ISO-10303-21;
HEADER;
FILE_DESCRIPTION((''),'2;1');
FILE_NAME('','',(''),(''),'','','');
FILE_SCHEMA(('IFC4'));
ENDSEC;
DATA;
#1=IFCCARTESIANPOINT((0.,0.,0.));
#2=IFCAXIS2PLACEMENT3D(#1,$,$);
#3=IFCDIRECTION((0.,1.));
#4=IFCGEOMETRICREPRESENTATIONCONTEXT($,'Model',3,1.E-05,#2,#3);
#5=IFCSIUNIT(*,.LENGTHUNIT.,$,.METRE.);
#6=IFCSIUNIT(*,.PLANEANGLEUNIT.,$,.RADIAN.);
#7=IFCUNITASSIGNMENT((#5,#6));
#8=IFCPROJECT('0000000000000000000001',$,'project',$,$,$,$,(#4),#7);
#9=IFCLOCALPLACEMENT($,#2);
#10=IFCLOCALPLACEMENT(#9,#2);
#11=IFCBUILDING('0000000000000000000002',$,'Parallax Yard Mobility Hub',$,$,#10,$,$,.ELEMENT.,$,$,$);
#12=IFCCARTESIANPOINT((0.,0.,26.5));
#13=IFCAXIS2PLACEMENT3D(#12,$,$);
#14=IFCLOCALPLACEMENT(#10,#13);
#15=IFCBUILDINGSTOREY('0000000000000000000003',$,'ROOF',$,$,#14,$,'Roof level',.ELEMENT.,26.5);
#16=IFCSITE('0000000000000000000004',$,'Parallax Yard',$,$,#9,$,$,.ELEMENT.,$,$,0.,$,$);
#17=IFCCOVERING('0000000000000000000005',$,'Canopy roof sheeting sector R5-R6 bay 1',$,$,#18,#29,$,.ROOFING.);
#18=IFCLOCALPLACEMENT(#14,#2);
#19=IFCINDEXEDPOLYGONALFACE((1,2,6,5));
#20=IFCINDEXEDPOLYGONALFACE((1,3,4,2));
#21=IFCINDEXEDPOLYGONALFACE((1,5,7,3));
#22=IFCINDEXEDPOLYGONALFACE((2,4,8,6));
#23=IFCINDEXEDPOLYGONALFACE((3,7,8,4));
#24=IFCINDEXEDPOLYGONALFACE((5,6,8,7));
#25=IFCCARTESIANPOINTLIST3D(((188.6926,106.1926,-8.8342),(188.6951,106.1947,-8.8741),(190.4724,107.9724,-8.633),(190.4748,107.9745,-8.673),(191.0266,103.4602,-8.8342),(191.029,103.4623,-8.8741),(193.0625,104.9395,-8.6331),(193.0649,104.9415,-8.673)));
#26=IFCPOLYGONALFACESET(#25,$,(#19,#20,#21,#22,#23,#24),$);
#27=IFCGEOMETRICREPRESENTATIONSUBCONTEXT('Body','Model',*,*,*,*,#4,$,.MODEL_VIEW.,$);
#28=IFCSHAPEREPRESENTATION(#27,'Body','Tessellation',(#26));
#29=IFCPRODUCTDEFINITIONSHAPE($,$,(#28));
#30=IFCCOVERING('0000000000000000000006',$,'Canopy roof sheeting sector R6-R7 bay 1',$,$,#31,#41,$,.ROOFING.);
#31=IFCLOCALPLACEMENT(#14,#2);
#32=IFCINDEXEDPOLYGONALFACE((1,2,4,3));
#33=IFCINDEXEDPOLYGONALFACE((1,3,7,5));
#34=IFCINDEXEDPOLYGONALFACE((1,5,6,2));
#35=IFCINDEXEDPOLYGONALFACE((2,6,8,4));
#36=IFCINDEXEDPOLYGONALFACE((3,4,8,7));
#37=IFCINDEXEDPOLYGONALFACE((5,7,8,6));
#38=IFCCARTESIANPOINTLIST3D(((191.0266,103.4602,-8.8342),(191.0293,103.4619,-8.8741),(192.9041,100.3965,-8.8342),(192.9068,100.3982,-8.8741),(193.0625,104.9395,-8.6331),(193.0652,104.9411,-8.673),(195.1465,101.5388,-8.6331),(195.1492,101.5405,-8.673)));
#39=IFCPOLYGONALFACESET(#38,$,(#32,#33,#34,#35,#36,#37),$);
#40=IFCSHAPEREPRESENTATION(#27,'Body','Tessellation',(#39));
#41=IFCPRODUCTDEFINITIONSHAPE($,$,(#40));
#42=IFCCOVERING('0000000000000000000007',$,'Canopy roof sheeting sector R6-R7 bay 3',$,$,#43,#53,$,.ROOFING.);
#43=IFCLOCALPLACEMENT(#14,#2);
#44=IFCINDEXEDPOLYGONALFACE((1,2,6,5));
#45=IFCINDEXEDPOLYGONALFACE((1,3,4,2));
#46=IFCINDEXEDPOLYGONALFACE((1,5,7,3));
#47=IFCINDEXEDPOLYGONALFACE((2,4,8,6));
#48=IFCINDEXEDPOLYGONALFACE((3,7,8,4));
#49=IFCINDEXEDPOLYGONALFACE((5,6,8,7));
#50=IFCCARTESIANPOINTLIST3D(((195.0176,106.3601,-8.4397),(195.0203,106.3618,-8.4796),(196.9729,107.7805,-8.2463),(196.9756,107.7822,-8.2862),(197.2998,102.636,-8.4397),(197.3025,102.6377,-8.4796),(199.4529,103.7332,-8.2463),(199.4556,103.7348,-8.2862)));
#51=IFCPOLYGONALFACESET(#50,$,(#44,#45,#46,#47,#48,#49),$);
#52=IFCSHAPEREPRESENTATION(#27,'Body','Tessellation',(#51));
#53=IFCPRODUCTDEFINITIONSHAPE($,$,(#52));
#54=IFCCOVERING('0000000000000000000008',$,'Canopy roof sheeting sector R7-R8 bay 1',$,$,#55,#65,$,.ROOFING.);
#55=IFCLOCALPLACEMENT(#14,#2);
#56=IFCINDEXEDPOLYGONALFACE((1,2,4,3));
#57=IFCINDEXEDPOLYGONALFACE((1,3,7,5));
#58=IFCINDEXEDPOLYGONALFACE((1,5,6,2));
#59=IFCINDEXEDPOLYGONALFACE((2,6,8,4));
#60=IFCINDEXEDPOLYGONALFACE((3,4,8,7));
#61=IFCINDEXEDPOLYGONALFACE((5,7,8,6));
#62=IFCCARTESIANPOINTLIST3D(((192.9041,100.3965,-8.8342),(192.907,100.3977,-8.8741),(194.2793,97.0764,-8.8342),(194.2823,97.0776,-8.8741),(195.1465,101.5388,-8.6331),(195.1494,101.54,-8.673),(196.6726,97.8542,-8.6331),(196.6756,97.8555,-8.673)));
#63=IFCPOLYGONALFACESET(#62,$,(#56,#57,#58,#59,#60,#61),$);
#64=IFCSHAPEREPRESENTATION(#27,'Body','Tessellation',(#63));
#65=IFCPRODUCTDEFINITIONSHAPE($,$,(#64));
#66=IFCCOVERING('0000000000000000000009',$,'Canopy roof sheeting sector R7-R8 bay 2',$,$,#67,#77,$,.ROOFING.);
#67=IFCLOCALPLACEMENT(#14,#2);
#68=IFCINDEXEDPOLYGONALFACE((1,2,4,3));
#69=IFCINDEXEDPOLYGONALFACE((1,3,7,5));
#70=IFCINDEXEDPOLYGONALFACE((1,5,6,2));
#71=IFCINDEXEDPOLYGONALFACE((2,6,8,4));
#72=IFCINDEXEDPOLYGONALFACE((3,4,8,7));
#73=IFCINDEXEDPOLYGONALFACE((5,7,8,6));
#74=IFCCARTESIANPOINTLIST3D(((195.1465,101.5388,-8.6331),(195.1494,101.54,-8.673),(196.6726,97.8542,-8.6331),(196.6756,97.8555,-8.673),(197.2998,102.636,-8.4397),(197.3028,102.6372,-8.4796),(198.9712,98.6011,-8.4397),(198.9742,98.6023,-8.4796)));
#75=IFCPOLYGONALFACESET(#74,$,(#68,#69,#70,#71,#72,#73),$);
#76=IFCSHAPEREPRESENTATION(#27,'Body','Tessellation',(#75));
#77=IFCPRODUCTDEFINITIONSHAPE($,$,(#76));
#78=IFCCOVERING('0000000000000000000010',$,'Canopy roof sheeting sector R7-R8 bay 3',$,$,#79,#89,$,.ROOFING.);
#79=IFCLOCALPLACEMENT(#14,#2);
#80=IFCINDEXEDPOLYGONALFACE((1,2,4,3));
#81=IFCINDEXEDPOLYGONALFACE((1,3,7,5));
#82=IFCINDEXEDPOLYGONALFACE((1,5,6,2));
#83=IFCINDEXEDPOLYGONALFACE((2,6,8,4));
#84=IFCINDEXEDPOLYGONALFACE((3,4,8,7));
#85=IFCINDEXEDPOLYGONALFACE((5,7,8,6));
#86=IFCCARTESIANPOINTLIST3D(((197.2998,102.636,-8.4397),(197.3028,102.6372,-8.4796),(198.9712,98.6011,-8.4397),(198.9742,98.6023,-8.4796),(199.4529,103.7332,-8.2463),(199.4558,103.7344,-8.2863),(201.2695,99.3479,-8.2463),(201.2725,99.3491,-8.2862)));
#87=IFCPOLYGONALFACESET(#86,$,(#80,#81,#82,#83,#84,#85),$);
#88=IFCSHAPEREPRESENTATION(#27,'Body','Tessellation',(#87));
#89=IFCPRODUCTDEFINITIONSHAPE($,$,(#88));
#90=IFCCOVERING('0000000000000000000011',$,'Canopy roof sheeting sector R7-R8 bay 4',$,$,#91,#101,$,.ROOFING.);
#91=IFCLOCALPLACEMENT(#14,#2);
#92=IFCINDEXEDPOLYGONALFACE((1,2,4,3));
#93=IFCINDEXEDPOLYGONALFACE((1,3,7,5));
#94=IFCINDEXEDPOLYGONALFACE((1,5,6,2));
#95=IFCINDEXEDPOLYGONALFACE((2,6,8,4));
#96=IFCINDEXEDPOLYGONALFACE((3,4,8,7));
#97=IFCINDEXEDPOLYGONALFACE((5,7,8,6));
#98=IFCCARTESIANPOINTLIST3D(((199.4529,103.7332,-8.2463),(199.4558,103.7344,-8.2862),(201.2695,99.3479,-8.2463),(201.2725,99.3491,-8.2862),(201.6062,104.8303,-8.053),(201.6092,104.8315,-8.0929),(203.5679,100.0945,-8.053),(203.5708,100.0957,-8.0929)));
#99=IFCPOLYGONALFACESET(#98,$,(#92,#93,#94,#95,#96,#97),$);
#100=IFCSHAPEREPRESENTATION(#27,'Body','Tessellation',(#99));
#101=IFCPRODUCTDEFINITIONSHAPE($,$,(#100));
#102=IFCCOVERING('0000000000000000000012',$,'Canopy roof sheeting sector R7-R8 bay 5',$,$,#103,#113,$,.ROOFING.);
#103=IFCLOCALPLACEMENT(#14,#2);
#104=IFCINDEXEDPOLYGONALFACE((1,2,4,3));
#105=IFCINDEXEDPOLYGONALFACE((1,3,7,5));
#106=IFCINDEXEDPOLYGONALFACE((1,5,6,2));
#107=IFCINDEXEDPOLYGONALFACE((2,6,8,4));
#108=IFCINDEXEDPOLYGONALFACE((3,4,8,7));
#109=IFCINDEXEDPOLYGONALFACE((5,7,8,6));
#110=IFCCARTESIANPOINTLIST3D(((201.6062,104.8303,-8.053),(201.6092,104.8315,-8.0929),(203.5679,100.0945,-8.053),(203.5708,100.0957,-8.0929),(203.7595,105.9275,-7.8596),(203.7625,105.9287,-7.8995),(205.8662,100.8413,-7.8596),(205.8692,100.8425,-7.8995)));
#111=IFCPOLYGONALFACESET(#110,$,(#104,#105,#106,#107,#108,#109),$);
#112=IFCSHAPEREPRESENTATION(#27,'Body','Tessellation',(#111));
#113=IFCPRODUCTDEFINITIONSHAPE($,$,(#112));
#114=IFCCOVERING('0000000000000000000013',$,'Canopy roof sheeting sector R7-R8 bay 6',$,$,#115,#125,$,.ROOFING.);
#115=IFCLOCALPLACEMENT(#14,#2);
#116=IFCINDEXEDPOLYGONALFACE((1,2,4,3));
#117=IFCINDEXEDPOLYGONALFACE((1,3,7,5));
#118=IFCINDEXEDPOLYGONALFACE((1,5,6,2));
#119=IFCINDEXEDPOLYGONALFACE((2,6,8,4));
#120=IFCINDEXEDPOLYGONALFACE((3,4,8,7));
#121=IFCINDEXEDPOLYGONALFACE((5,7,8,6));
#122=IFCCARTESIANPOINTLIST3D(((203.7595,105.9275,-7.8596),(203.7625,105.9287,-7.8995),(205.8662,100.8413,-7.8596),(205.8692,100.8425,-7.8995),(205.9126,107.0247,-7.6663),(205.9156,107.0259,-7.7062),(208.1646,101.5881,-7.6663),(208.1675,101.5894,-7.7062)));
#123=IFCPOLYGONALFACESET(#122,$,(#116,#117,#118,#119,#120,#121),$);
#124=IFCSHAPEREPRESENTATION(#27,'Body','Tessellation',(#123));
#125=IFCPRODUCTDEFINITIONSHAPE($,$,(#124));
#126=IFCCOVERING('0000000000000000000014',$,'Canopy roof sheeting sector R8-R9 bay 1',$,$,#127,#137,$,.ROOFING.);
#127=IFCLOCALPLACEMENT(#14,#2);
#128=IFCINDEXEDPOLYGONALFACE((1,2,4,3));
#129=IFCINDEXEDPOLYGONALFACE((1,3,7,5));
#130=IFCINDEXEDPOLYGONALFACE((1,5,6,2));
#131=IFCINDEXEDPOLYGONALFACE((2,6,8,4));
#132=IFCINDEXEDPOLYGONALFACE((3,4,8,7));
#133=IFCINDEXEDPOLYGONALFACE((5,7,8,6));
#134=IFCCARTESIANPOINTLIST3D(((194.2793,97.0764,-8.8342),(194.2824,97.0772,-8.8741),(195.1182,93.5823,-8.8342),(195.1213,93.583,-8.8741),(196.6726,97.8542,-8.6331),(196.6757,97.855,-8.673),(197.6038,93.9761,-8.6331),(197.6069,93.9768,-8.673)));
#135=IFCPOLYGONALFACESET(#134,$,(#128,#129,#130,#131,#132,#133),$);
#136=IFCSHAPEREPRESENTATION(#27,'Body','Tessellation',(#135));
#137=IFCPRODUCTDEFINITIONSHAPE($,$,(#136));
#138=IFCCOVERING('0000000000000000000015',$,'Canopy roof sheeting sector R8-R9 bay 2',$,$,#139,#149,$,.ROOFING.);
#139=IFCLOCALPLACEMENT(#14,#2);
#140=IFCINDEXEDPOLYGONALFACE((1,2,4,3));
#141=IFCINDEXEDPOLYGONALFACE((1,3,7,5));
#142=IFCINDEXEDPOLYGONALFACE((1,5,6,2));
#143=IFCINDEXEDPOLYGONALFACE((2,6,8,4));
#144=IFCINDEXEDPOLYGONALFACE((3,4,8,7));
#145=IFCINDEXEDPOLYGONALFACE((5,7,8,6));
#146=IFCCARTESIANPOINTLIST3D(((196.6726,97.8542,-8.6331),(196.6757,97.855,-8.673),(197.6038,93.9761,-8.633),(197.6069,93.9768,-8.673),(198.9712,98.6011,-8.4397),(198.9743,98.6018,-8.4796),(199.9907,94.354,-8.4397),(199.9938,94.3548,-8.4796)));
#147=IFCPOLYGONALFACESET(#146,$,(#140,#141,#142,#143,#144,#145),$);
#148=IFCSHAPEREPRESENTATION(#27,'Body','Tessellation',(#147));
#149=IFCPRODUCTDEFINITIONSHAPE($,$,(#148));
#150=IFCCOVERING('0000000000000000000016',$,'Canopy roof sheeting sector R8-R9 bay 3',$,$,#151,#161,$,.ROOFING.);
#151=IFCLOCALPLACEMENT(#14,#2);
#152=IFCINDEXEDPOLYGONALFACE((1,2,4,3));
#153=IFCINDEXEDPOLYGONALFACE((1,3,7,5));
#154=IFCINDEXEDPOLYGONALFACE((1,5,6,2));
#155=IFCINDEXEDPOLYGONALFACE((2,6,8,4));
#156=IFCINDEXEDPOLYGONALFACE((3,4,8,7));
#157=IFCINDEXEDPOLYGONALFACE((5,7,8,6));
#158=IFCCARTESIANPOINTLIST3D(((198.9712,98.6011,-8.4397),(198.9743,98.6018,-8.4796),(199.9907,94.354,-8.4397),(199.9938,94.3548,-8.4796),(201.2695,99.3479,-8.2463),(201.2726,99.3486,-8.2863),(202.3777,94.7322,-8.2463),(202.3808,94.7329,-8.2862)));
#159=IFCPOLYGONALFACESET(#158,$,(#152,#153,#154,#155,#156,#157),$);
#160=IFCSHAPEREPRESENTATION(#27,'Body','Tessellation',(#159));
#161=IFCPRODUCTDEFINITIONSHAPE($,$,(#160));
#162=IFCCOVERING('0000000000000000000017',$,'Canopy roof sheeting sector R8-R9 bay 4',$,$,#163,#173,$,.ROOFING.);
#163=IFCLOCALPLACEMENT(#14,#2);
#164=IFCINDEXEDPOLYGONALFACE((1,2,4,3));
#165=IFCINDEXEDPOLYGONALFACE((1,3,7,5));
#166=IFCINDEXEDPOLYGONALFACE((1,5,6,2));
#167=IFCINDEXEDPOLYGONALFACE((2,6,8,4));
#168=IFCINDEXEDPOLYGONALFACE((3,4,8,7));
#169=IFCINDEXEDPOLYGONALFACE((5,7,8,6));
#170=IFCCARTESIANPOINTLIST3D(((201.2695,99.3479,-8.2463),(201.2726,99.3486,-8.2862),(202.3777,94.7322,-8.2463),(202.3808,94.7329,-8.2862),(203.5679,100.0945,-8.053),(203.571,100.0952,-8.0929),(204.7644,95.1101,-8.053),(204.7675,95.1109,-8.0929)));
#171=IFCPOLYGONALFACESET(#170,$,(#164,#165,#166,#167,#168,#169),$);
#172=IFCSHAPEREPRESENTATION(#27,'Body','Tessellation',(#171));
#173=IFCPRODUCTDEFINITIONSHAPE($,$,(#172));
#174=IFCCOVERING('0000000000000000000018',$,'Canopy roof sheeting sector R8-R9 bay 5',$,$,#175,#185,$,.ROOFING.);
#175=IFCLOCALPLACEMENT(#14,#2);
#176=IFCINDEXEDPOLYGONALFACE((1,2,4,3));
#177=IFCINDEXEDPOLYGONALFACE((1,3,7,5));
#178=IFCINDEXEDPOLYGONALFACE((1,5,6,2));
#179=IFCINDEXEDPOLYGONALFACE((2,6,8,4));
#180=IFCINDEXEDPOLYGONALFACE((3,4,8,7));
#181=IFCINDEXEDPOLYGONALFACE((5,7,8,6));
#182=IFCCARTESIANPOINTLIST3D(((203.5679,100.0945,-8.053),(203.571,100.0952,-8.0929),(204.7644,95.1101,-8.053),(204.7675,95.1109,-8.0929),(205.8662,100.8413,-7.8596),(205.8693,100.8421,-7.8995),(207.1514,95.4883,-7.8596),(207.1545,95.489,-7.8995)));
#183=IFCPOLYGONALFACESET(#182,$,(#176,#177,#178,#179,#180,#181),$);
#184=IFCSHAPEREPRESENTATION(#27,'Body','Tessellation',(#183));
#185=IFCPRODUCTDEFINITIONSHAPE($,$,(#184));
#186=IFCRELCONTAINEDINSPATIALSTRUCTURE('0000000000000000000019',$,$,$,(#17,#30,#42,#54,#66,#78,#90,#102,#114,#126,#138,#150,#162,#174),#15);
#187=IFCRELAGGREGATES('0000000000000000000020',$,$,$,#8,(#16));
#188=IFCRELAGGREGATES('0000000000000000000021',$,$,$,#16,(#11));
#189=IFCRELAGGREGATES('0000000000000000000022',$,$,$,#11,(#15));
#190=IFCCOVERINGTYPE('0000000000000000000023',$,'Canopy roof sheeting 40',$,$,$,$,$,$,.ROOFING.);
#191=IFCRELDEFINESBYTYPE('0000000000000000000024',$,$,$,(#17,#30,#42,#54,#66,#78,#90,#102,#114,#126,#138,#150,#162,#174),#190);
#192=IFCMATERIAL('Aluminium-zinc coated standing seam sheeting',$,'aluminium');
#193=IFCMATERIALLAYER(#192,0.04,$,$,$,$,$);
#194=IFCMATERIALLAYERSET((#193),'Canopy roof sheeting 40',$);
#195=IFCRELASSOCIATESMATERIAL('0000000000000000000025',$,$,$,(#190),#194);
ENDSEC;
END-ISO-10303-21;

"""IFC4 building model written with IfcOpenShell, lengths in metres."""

from ifc_helpers import new_model, si_unit, direction, frame, origin, place, context, subcontext, project, spatial, polyline, outline, extrude, material, layer, layer_set, type_object, element, save


model = new_model("IFC4")

# Units and contexts
model_context = context("Model", 3, precision=1e-05, world=origin(), true_north=direction((0.0, 1.0)))
body_context = subcontext(model_context, "Body", "Model", "MODEL_VIEW")
ifc_project = project(units=[si_unit("LENGTHUNIT", "METRE"), si_unit("PLANEANGLEUNIT", "RADIAN")], contexts=[model_context])

# Site, building, storey
site_placement = place(None, origin())
site = spatial("IfcSite", under=ifc_project, at=site_placement, Name="Parallax Yard", CompositionType="ELEMENT", RefElevation=0.0)
building_placement = place(site_placement, origin())
building = spatial("IfcBuilding", under=site, at=building_placement, Name="Parallax Yard Mobility Hub", CompositionType="ELEMENT")
storey_placement = place(building_placement, frame((0.0, 0.0, 26.5)))
storey = spatial("IfcBuildingStorey", under=building, at=storey_placement, Name="ROOF", LongName="Roof level", CompositionType="ELEMENT", Elevation=26.5)

# Coverings
ifc_material = material(Name="Aluminium-zinc coated standing seam sheeting", Category="aluminium")
ifc_layer = layer(ifc_material, 0.04)
ifc_layer_set = layer_set([ifc_layer], Name="Canopy roof sheeting 40")
covering_type = type_object("IfcCoveringType", Name="Canopy roof sheeting 40", PredefinedType="ROOFING", material=ifc_layer_set)
placement = place(building_placement, frame((0.0, 0.0, 13.2)))
covering_1_placement = place(placement, frame((188.6926, 106.1926, 4.4658), z_axis=(-0.060774, -0.051906, 0.996801), x_axis=(0.649492, -0.760368, 0.000005)))
element("IfcCovering", 1, at=covering_1_placement, inside=storey, type_object=covering_type, Name="Canopy roof sheeting sector R5-R6 bay 1", PredefinedType="ROOFING", context=body_context, shape_type="SweptSolid", body=[
    extrude(outline(polyline([(0.0, 0.0), (3.5936, 0.0), (3.7911, 2.5168), (-0.1973, 2.5173), (0.0, 0.0)])), origin(), (0.0, 0.0, -1.0), 0.04),
])
covering_2_placement = place(placement, frame((191.0266, 103.4602, 4.4658), z_axis=(-0.068151, -0.041763, 0.996801), x_axis=(0.522497, -0.852641, -0.000001)))
element("IfcCovering", 2, at=covering_2_placement, inside=storey, type_object=covering_type, Name="Canopy roof sheeting sector R6-R7 bay 1", PredefinedType="ROOFING", context=body_context, shape_type="SweptSolid", body=[
    extrude(outline(polyline([(0.0, 0.0), (3.5932, 0.0), (3.7909, 2.5169), (-0.1975, 2.5168), (0.0, 0.0)])), origin(), (0.0, 0.0, -1.0), 0.04),
])
covering_3_placement = place(placement, frame((195.0176, 106.3601, 4.8604), z_axis=(-0.068213, -0.041799, 0.996795), x_axis=(0.522512, -0.852632, 0.000003)))
element("IfcCovering", 3, at=covering_3_placement, inside=storey, type_object=covering_type, Name="Canopy roof sheeting sector R6-R7 bay 3", PredefinedType="ROOFING", context=body_context, shape_type="SweptSolid", body=[
    extrude(outline(polyline([(0.0, 0.0), (4.3678, 0.0), (4.5573, 2.4168), (-0.1894, 2.4171), (0.0, 0.0)])), origin(), (0.0, 0.0, -1.0), 0.04),
])
covering_4_placement = place(placement, frame((192.9041, 100.3965, 4.4658), z_axis=(-0.073845, -0.030587, 0.996801), x_axis=(0.38269, -0.923877, 0.000001)))
element("IfcCovering", 4, at=covering_4_placement, inside=storey, type_object=covering_type, Name="Canopy roof sheeting sector R7-R8 bay 1", PredefinedType="ROOFING", context=body_context, shape_type="SweptSolid", body=[
    extrude(outline(polyline([(0.0, 0.0), (3.5936, 0.0), (3.7909, 2.5168), (-0.1972, 2.5169), (0.0, 0.0)])), origin(), (0.0, 0.0, -1.0), 0.04),
])
covering_5_placement = place(placement, frame((195.1465, 101.5388, 4.667), z_axis=(-0.073907, -0.030613, 0.996795), x_axis=(0.382667, -0.923886, -0.000001)))
element("IfcCovering", 5, at=covering_5_placement, inside=storey, type_object=covering_type, Name="Canopy roof sheeting sector R7-R8 bay 2", PredefinedType="ROOFING", context=body_context, shape_type="SweptSolid", body=[
    extrude(outline(polyline([(0.0, 0.0), (3.9881, 0.0), (4.1777, 2.4172), (-0.1897, 2.417), (0.0, 0.0)])), origin(), (0.0, 0.0, -1.0), 0.04),
])
covering_6_placement = place(placement, frame((197.2998, 102.636, 4.8604), z_axis=(-0.073913, -0.030618, 0.996795), x_axis=(0.382697, -0.923874, -0.000001)))
element("IfcCovering", 6, at=covering_6_placement, inside=storey, type_object=covering_type, Name="Canopy roof sheeting sector R7-R8 bay 3", PredefinedType="ROOFING", context=body_context, shape_type="SweptSolid", body=[
    extrude(outline(polyline([(0.0, 0.0), (4.3674, 0.0), (4.557, 2.4169), (-0.1897, 2.4168), (0.0, 0.0)])), origin(), (0.0, 0.0, -1.0), 0.04),
])
covering_7_placement = place(placement, frame((199.4529, 103.7332, 5.0537), z_axis=(-0.073912, -0.030617, 0.996795), x_axis=(0.382723, -0.923863, 0.000002)))
element("IfcCovering", 7, at=covering_7_placement, inside=storey, type_object=covering_type, Name="Canopy roof sheeting sector R7-R8 bay 4", PredefinedType="ROOFING", context=body_context, shape_type="SweptSolid", body=[
    extrude(outline(polyline([(0.0, 0.0), (4.7466, 0.0), (4.9365, 2.4168), (-0.1895, 2.417), (0.0, 0.0)])), origin(), (0.0, 0.0, -1.0), 0.04),
])
covering_8_placement = place(placement, frame((201.6062, 104.8303, 5.2471), z_axis=(-0.073911, -0.030614, 0.996795), x_axis=(0.382687, -0.923878, 0.000001)))
element("IfcCovering", 8, at=covering_8_placement, inside=storey, type_object=covering_type, Name="Canopy roof sheeting sector R7-R8 bay 5", PredefinedType="ROOFING", context=body_context, shape_type="SweptSolid", body=[
    extrude(outline(polyline([(0.0, 0.0), (5.126, 0.0), (5.3156, 2.4169), (-0.1896, 2.417), (0.0, 0.0)])), origin(), (0.0, 0.0, -1.0), 0.04),
])
covering_9_placement = place(placement, frame((203.7595, 105.9275, 5.4404), z_axis=(-0.073914, -0.030616, 0.996795), x_axis=(0.382672, -0.923884, -0.000001)))
element("IfcCovering", 9, at=covering_9_placement, inside=storey, type_object=covering_type, Name="Canopy roof sheeting sector R7-R8 bay 6", PredefinedType="ROOFING", context=body_context, shape_type="SweptSolid", body=[
    extrude(outline(polyline([(0.0, 0.0), (5.5052, 0.0), (5.6947, 2.4169), (-0.1897, 2.4168), (0.0, 0.0)])), origin(), (0.0, 0.0, -1.0), 0.04),
])
covering_10_placement = place(placement, frame((194.2793, 97.0764, 4.4658), z_axis=(-0.077721, -0.01866, 0.996801), x_axis=(0.233445, -0.97237, -0.000001)))
element("IfcCovering", 10, at=covering_10_placement, inside=storey, type_object=covering_type, Name="Canopy roof sheeting sector R8-R9 bay 1", PredefinedType="ROOFING", context=body_context, shape_type="SweptSolid", body=[
    extrude(outline(polyline([(0.0, 0.0), (3.5934, 0.0), (3.7908, 2.5169), (-0.1976, 2.5168), (0.0, 0.0)])), origin(), (0.0, 0.0, -1.0), 0.04),
])
covering_11_placement = place(placement, frame((196.6726, 97.8542, 4.667), z_axis=(-0.077787, -0.018675, 0.996795), x_axis=(0.233465, -0.972365, 0.000002)))
element("IfcCovering", 11, at=covering_11_placement, inside=storey, type_object=covering_type, Name="Canopy roof sheeting sector R8-R9 bay 2", PredefinedType="ROOFING", context=body_context, shape_type="SweptSolid", body=[
    extrude(outline(polyline([(0.0, 0.0), (3.9884, 0.0), (4.1782, 2.417), (-0.1895, 2.4172), (0.0, 0.0)])), origin(), (0.0, 0.0, -1.0), 0.04),
])
covering_12_placement = place(placement, frame((198.9712, 98.6011, 4.8604), z_axis=(-0.07779, -0.018675, 0.996795), x_axis=(0.233424, -0.972375, -0.000001)))
element("IfcCovering", 12, at=covering_12_placement, inside=storey, type_object=covering_type, Name="Canopy roof sheeting sector R8-R9 bay 3", PredefinedType="ROOFING", context=body_context, shape_type="SweptSolid", body=[
    extrude(outline(polyline([(0.0, 0.0), (4.3677, 0.0), (4.5572, 2.417), (-0.1897, 2.4169), (0.0, 0.0)])), origin(), (0.0, 0.0, -1.0), 0.04),
])
covering_13_placement = place(placement, frame((201.2695, 99.3479, 5.0537), z_axis=(-0.077796, -0.018676, 0.996794), x_axis=(0.233449, -0.972369, 0.000001)))
element("IfcCovering", 13, at=covering_13_placement, inside=storey, type_object=covering_type, Name="Canopy roof sheeting sector R8-R9 bay 4", PredefinedType="ROOFING", context=body_context, shape_type="SweptSolid", body=[
    extrude(outline(polyline([(0.0, 0.0), (4.7469, 0.0), (4.9366, 2.4167), (-0.1894, 2.4169), (0.0, 0.0)])), origin(), (0.0, 0.0, -1.0), 0.04),
])
covering_14_placement = place(placement, frame((203.5679, 100.0945, 5.2471), z_axis=(-0.07779, -0.018675, 0.996795), x_axis=(0.233425, -0.972375, -0.000001)))
element("IfcCovering", 14, at=covering_14_placement, inside=storey, type_object=covering_type, Name="Canopy roof sheeting sector R8-R9 bay 5", PredefinedType="ROOFING", context=body_context, shape_type="SweptSolid", body=[
    extrude(outline(polyline([(0.0, 0.0), (5.126, 0.0), (5.3154, 2.417), (-0.1897, 2.4169), (0.0, 0.0)])), origin(), (0.0, 0.0, -1.0), 0.04),
])

save(model, "model.ifc")
